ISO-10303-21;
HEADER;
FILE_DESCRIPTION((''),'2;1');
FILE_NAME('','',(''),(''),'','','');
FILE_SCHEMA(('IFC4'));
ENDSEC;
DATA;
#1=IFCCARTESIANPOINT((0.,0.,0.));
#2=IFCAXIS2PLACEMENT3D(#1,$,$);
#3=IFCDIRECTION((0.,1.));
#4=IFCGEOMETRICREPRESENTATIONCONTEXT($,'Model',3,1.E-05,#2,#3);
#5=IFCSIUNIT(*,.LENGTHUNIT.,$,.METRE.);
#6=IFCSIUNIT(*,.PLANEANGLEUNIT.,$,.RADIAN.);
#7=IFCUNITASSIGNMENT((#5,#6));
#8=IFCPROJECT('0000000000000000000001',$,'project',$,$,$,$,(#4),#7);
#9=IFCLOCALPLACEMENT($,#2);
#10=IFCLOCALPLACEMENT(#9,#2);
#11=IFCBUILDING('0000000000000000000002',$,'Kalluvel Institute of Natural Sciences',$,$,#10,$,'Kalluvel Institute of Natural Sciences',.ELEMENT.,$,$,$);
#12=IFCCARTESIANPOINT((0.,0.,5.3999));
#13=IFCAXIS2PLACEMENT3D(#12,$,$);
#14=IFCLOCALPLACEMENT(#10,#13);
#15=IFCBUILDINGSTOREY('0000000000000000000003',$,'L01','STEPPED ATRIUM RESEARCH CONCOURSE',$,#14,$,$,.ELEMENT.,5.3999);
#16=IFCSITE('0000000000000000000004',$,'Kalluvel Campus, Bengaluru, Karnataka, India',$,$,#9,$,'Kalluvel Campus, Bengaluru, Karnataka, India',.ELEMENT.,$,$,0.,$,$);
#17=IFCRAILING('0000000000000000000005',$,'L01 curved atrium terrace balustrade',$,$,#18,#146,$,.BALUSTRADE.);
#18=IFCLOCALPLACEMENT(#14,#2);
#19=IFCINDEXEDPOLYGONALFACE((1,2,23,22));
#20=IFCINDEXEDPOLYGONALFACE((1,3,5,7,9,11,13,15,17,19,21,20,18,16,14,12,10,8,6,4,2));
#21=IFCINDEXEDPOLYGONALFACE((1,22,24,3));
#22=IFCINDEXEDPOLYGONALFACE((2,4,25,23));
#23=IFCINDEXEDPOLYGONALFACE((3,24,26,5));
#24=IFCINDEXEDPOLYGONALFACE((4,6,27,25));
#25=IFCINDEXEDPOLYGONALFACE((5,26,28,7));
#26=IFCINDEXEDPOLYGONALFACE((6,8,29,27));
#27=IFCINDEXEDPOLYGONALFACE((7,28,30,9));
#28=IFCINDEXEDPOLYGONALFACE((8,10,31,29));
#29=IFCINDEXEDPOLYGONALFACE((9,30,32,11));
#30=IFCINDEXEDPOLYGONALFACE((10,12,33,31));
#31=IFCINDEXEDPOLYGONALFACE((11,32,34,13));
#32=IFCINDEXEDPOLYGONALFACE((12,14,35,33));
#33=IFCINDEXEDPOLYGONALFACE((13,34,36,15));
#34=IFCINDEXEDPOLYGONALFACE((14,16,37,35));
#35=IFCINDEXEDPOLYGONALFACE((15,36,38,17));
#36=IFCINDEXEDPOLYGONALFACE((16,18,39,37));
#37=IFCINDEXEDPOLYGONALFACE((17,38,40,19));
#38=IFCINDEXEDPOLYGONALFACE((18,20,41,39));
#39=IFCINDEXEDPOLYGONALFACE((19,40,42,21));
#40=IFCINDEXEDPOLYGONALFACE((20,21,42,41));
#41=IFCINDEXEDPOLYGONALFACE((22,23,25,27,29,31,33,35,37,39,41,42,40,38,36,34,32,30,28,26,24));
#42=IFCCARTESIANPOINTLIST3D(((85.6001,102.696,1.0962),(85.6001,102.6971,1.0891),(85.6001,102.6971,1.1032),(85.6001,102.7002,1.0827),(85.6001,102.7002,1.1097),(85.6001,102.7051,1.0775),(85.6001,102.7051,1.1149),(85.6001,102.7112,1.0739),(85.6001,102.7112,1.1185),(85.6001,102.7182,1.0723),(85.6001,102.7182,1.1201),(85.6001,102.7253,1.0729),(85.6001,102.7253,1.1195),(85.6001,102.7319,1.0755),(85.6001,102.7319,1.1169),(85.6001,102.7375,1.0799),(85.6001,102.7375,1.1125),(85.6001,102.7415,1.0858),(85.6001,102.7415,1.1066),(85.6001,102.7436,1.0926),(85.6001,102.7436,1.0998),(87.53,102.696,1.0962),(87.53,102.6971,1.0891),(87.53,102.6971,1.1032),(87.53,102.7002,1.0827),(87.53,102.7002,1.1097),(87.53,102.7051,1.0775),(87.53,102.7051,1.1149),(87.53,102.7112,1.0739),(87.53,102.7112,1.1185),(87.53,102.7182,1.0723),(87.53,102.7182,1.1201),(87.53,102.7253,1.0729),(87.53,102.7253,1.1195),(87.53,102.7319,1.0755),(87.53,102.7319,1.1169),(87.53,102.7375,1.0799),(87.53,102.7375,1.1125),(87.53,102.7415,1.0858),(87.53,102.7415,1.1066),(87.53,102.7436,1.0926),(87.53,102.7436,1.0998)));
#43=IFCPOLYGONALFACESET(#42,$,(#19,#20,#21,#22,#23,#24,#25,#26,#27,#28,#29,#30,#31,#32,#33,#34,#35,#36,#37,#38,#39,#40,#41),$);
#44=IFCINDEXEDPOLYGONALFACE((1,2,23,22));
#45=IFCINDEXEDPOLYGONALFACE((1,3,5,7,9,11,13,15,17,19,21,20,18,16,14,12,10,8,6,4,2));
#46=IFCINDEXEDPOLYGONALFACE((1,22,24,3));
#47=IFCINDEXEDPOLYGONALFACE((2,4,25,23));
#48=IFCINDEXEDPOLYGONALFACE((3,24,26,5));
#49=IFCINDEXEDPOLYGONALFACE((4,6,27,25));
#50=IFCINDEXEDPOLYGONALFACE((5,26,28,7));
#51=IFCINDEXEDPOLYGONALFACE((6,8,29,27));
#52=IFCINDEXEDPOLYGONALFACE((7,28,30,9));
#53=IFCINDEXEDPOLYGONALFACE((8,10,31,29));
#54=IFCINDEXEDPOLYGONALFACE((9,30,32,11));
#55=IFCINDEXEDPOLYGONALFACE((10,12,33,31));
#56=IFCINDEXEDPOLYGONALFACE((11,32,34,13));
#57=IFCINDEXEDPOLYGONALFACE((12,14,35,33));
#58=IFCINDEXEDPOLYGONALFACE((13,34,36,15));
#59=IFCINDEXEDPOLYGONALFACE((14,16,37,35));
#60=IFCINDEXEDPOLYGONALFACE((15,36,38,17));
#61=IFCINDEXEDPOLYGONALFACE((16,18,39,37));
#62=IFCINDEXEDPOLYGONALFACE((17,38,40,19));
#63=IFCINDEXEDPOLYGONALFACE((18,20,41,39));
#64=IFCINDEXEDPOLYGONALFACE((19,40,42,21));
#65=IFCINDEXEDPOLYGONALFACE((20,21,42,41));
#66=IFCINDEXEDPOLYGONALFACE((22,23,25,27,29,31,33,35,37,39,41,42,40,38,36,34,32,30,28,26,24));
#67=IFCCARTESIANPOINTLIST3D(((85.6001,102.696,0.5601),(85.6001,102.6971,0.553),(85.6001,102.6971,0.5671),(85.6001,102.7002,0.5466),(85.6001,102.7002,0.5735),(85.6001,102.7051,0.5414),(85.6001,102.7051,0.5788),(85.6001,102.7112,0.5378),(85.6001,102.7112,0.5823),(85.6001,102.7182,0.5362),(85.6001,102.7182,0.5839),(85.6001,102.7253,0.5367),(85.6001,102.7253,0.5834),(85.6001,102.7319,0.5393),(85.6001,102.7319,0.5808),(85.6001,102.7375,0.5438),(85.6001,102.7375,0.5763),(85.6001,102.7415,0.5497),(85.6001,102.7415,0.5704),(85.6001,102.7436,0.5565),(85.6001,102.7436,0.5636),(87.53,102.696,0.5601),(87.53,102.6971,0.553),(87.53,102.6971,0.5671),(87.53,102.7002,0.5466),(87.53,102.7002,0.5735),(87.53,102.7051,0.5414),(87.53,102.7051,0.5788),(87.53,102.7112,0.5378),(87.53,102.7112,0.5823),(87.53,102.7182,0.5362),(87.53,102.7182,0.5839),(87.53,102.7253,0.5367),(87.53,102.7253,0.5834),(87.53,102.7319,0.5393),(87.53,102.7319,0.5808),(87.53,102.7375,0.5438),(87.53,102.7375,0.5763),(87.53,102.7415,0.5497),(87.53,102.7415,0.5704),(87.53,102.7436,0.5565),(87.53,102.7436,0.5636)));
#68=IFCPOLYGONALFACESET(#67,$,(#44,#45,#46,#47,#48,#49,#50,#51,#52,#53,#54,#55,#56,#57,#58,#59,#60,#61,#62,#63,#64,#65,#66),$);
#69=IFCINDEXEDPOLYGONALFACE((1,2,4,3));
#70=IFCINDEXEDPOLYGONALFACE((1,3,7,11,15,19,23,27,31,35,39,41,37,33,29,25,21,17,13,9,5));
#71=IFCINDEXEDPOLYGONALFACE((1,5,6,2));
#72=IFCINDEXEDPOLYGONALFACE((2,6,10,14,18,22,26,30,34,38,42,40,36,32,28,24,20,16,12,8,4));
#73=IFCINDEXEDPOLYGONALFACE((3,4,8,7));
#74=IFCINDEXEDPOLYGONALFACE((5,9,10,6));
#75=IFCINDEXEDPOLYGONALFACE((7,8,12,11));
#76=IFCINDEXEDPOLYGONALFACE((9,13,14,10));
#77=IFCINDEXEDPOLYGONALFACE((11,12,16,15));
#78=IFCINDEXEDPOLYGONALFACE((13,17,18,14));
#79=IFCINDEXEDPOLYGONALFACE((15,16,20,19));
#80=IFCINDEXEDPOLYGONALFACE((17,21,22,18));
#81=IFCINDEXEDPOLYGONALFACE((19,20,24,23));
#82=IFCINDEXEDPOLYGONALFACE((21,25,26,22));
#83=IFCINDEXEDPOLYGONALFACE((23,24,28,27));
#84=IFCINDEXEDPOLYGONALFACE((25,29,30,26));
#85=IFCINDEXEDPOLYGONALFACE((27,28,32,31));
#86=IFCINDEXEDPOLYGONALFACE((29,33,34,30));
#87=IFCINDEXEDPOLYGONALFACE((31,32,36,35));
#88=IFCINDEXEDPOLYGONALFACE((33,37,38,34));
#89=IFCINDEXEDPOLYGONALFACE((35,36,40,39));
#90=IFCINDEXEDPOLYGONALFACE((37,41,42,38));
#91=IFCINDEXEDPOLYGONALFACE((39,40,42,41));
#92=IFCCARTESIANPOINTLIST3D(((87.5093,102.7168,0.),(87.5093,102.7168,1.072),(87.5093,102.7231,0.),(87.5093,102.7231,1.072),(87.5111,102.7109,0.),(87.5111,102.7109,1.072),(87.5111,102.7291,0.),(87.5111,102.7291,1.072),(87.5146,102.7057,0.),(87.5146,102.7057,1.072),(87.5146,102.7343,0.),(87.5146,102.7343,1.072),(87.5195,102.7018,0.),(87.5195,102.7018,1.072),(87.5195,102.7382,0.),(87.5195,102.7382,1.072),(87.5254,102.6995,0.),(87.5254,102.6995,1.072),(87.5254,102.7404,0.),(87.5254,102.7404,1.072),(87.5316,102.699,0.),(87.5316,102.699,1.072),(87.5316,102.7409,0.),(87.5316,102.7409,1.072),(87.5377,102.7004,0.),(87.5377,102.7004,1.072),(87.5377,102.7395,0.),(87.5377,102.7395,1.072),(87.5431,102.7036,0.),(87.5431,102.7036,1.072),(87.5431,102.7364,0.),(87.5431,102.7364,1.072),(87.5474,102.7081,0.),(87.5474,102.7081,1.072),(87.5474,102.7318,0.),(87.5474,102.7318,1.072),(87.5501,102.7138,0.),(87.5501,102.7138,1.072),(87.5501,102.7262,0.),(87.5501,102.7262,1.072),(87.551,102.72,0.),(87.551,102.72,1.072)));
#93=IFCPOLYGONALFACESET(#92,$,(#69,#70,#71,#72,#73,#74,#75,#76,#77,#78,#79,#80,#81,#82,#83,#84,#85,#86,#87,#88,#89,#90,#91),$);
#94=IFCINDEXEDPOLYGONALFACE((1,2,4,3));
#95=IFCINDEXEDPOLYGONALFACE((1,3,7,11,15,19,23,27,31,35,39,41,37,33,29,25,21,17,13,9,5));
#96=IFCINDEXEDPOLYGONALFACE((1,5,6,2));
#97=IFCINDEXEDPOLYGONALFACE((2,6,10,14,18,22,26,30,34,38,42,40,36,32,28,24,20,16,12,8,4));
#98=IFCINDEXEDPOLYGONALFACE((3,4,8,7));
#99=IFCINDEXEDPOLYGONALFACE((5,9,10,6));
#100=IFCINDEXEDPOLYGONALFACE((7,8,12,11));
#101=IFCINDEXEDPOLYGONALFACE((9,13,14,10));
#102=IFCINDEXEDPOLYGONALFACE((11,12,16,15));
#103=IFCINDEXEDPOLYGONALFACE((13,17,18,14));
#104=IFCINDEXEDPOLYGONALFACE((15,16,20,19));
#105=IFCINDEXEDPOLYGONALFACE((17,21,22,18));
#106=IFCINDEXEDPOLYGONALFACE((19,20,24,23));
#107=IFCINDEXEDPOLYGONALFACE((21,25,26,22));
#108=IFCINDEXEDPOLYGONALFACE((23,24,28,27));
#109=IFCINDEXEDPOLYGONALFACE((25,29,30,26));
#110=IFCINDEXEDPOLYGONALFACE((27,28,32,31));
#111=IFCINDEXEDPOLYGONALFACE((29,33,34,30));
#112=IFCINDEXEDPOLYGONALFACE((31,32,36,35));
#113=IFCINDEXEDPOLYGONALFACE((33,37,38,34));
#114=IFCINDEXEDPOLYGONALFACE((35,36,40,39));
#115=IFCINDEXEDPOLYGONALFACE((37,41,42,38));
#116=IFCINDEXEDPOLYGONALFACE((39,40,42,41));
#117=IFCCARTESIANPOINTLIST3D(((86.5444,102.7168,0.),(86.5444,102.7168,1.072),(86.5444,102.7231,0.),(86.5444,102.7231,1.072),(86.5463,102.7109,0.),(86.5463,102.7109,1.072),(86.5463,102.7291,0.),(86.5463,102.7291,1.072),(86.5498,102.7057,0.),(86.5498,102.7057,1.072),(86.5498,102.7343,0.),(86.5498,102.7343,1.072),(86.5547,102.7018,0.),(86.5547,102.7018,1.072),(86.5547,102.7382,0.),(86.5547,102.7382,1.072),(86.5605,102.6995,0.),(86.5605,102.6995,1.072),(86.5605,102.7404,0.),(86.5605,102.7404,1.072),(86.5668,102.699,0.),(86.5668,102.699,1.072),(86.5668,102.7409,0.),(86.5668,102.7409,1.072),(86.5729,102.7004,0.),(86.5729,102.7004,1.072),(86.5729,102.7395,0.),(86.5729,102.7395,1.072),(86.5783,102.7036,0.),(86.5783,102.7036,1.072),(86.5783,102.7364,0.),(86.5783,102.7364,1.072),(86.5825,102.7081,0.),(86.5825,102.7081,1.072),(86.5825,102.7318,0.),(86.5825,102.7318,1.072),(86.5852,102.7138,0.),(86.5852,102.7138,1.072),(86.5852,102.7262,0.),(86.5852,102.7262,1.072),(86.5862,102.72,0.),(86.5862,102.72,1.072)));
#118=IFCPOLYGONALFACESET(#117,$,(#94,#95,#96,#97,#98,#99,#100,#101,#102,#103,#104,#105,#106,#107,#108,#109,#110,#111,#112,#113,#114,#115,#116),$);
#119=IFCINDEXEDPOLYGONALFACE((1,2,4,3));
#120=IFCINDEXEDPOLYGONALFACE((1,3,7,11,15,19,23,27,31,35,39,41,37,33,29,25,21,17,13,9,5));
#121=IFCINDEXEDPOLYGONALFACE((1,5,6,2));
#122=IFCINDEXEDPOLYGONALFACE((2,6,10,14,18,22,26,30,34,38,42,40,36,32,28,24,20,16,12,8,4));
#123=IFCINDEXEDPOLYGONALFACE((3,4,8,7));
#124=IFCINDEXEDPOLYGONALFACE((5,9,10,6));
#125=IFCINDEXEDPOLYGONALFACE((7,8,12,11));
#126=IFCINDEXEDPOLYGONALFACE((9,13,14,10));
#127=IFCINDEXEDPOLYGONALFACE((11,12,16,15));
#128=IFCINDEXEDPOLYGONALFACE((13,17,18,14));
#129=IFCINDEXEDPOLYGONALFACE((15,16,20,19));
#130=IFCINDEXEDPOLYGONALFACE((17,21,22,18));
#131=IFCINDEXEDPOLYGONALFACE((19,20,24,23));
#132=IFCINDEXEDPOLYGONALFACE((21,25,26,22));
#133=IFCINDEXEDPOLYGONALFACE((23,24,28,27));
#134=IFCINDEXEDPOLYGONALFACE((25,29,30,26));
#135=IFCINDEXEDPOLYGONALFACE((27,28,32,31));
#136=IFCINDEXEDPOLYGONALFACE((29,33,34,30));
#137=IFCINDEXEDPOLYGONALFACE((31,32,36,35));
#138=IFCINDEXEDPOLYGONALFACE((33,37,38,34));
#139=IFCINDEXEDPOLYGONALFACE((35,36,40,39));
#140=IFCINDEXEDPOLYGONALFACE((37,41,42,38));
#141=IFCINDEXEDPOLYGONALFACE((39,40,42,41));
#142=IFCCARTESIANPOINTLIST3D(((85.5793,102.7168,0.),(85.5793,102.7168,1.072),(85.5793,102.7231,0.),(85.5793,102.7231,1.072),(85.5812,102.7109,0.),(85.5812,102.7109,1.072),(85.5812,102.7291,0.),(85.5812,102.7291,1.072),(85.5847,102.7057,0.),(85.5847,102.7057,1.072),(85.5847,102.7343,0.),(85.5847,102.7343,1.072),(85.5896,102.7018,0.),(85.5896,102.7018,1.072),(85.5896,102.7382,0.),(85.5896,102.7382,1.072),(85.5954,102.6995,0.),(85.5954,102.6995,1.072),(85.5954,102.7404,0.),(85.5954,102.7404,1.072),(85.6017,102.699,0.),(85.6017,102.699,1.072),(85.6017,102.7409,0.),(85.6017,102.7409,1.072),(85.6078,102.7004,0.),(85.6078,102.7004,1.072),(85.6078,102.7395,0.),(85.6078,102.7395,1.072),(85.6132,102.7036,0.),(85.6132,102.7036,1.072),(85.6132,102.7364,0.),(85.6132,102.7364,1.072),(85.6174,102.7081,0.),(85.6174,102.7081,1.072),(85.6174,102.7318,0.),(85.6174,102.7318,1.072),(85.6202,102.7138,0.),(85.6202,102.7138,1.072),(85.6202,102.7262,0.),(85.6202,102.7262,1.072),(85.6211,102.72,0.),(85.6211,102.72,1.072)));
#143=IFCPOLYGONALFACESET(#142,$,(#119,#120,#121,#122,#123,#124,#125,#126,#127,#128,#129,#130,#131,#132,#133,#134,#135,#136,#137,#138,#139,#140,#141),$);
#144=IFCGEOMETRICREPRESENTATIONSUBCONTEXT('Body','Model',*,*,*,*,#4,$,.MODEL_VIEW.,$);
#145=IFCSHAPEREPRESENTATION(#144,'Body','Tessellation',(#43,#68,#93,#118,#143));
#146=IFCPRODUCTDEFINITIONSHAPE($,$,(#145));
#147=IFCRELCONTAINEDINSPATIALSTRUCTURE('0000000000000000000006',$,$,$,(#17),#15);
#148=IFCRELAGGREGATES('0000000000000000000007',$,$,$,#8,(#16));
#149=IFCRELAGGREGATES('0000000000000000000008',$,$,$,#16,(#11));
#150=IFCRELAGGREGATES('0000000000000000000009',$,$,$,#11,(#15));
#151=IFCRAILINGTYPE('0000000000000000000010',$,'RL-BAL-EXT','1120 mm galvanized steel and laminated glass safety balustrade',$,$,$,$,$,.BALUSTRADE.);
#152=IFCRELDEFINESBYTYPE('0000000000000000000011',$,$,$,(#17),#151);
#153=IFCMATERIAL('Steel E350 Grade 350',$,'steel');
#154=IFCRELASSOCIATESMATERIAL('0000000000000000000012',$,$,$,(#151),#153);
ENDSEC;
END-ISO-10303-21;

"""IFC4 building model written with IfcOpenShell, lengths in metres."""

from ifc_helpers import new_model, si_unit, direction, frame, origin, origin_2d, place, context, subcontext, project, spatial, circle, extrude, material, type_object, element, save


model = new_model("IFC4")

# Units and contexts
model_context = context("Model", 3, precision=1e-05, world=origin(), true_north=direction((0.0, 1.0)))
body_context = subcontext(model_context, "Body", "Model", "MODEL_VIEW")
ifc_project = project(units=[si_unit("LENGTHUNIT", "METRE"), si_unit("PLANEANGLEUNIT", "RADIAN")], contexts=[model_context])

# Site, building, storey
site_placement = place(None, origin())
site = spatial("IfcSite", under=ifc_project, at=site_placement, Name="Kalluvel Campus, Bengaluru, Karnataka, India", LongName="Kalluvel Campus, Bengaluru, Karnataka, India", CompositionType="ELEMENT", RefElevation=0.0)
building_placement = place(site_placement, origin())
building = spatial("IfcBuilding", under=site, at=building_placement, Name="Kalluvel Institute of Natural Sciences", LongName="Kalluvel Institute of Natural Sciences", CompositionType="ELEMENT")
storey_placement = place(building_placement, frame((0.0, 0.0, 5.3999)))
storey = spatial("IfcBuildingStorey", under=building, at=storey_placement, Name="L01", Description="STEPPED ATRIUM RESEARCH CONCOURSE", CompositionType="ELEMENT", Elevation=5.3999)

# Railing
ifc_material_1 = material(Name="Steel E350 Grade 350", Category="steel")
railing_type = type_object("IfcRailingType", Name="RL-BAL-EXT", Description="1120 mm galvanized steel and laminated glass safety balustrade", PredefinedType="BALUSTRADE", material=ifc_material_1)
railing_1_placement = place(storey_placement, frame((87.53, 102.72, 0.0)))
element("IfcRailing", 1, at=railing_1_placement, inside=storey, type_object=railing_type, Name="L01 curved atrium terrace balustrade", PredefinedType="BALUSTRADE", context=body_context, shape_type="SweptSolid", body=[
    extrude(circle(Radius=0.0239, at=origin_2d()), frame((0.0, 0.0, 1.0962), z_axis=(-1.0, 0.0, 0.0), x_axis=(0.0, -1.0, 0.0)), (0.0, 0.0, 1.0), 1.9299),
    extrude(circle(Radius=0.0239, at=origin_2d()), frame((0.0, 0.0, 0.5601), z_axis=(-1.0, 0.0, 0.0), x_axis=(0.0, -1.0, 0.0)), (0.0, 0.0, 1.0), 1.9299),
    extrude(circle(Radius=0.021, at=origin_2d()), origin(), (0.0, 0.0, 1.0), 1.072),
    extrude(circle(Radius=0.021, at=origin_2d()), frame((-0.9648, 0.0, 0.0)), (0.0, 0.0, 1.0), 1.072),
    extrude(circle(Radius=0.021, at=origin_2d()), frame((-1.9299, 0.0, 0.0)), (0.0, 0.0, 1.0), 1.072),
])

save(model, "model.ifc")
